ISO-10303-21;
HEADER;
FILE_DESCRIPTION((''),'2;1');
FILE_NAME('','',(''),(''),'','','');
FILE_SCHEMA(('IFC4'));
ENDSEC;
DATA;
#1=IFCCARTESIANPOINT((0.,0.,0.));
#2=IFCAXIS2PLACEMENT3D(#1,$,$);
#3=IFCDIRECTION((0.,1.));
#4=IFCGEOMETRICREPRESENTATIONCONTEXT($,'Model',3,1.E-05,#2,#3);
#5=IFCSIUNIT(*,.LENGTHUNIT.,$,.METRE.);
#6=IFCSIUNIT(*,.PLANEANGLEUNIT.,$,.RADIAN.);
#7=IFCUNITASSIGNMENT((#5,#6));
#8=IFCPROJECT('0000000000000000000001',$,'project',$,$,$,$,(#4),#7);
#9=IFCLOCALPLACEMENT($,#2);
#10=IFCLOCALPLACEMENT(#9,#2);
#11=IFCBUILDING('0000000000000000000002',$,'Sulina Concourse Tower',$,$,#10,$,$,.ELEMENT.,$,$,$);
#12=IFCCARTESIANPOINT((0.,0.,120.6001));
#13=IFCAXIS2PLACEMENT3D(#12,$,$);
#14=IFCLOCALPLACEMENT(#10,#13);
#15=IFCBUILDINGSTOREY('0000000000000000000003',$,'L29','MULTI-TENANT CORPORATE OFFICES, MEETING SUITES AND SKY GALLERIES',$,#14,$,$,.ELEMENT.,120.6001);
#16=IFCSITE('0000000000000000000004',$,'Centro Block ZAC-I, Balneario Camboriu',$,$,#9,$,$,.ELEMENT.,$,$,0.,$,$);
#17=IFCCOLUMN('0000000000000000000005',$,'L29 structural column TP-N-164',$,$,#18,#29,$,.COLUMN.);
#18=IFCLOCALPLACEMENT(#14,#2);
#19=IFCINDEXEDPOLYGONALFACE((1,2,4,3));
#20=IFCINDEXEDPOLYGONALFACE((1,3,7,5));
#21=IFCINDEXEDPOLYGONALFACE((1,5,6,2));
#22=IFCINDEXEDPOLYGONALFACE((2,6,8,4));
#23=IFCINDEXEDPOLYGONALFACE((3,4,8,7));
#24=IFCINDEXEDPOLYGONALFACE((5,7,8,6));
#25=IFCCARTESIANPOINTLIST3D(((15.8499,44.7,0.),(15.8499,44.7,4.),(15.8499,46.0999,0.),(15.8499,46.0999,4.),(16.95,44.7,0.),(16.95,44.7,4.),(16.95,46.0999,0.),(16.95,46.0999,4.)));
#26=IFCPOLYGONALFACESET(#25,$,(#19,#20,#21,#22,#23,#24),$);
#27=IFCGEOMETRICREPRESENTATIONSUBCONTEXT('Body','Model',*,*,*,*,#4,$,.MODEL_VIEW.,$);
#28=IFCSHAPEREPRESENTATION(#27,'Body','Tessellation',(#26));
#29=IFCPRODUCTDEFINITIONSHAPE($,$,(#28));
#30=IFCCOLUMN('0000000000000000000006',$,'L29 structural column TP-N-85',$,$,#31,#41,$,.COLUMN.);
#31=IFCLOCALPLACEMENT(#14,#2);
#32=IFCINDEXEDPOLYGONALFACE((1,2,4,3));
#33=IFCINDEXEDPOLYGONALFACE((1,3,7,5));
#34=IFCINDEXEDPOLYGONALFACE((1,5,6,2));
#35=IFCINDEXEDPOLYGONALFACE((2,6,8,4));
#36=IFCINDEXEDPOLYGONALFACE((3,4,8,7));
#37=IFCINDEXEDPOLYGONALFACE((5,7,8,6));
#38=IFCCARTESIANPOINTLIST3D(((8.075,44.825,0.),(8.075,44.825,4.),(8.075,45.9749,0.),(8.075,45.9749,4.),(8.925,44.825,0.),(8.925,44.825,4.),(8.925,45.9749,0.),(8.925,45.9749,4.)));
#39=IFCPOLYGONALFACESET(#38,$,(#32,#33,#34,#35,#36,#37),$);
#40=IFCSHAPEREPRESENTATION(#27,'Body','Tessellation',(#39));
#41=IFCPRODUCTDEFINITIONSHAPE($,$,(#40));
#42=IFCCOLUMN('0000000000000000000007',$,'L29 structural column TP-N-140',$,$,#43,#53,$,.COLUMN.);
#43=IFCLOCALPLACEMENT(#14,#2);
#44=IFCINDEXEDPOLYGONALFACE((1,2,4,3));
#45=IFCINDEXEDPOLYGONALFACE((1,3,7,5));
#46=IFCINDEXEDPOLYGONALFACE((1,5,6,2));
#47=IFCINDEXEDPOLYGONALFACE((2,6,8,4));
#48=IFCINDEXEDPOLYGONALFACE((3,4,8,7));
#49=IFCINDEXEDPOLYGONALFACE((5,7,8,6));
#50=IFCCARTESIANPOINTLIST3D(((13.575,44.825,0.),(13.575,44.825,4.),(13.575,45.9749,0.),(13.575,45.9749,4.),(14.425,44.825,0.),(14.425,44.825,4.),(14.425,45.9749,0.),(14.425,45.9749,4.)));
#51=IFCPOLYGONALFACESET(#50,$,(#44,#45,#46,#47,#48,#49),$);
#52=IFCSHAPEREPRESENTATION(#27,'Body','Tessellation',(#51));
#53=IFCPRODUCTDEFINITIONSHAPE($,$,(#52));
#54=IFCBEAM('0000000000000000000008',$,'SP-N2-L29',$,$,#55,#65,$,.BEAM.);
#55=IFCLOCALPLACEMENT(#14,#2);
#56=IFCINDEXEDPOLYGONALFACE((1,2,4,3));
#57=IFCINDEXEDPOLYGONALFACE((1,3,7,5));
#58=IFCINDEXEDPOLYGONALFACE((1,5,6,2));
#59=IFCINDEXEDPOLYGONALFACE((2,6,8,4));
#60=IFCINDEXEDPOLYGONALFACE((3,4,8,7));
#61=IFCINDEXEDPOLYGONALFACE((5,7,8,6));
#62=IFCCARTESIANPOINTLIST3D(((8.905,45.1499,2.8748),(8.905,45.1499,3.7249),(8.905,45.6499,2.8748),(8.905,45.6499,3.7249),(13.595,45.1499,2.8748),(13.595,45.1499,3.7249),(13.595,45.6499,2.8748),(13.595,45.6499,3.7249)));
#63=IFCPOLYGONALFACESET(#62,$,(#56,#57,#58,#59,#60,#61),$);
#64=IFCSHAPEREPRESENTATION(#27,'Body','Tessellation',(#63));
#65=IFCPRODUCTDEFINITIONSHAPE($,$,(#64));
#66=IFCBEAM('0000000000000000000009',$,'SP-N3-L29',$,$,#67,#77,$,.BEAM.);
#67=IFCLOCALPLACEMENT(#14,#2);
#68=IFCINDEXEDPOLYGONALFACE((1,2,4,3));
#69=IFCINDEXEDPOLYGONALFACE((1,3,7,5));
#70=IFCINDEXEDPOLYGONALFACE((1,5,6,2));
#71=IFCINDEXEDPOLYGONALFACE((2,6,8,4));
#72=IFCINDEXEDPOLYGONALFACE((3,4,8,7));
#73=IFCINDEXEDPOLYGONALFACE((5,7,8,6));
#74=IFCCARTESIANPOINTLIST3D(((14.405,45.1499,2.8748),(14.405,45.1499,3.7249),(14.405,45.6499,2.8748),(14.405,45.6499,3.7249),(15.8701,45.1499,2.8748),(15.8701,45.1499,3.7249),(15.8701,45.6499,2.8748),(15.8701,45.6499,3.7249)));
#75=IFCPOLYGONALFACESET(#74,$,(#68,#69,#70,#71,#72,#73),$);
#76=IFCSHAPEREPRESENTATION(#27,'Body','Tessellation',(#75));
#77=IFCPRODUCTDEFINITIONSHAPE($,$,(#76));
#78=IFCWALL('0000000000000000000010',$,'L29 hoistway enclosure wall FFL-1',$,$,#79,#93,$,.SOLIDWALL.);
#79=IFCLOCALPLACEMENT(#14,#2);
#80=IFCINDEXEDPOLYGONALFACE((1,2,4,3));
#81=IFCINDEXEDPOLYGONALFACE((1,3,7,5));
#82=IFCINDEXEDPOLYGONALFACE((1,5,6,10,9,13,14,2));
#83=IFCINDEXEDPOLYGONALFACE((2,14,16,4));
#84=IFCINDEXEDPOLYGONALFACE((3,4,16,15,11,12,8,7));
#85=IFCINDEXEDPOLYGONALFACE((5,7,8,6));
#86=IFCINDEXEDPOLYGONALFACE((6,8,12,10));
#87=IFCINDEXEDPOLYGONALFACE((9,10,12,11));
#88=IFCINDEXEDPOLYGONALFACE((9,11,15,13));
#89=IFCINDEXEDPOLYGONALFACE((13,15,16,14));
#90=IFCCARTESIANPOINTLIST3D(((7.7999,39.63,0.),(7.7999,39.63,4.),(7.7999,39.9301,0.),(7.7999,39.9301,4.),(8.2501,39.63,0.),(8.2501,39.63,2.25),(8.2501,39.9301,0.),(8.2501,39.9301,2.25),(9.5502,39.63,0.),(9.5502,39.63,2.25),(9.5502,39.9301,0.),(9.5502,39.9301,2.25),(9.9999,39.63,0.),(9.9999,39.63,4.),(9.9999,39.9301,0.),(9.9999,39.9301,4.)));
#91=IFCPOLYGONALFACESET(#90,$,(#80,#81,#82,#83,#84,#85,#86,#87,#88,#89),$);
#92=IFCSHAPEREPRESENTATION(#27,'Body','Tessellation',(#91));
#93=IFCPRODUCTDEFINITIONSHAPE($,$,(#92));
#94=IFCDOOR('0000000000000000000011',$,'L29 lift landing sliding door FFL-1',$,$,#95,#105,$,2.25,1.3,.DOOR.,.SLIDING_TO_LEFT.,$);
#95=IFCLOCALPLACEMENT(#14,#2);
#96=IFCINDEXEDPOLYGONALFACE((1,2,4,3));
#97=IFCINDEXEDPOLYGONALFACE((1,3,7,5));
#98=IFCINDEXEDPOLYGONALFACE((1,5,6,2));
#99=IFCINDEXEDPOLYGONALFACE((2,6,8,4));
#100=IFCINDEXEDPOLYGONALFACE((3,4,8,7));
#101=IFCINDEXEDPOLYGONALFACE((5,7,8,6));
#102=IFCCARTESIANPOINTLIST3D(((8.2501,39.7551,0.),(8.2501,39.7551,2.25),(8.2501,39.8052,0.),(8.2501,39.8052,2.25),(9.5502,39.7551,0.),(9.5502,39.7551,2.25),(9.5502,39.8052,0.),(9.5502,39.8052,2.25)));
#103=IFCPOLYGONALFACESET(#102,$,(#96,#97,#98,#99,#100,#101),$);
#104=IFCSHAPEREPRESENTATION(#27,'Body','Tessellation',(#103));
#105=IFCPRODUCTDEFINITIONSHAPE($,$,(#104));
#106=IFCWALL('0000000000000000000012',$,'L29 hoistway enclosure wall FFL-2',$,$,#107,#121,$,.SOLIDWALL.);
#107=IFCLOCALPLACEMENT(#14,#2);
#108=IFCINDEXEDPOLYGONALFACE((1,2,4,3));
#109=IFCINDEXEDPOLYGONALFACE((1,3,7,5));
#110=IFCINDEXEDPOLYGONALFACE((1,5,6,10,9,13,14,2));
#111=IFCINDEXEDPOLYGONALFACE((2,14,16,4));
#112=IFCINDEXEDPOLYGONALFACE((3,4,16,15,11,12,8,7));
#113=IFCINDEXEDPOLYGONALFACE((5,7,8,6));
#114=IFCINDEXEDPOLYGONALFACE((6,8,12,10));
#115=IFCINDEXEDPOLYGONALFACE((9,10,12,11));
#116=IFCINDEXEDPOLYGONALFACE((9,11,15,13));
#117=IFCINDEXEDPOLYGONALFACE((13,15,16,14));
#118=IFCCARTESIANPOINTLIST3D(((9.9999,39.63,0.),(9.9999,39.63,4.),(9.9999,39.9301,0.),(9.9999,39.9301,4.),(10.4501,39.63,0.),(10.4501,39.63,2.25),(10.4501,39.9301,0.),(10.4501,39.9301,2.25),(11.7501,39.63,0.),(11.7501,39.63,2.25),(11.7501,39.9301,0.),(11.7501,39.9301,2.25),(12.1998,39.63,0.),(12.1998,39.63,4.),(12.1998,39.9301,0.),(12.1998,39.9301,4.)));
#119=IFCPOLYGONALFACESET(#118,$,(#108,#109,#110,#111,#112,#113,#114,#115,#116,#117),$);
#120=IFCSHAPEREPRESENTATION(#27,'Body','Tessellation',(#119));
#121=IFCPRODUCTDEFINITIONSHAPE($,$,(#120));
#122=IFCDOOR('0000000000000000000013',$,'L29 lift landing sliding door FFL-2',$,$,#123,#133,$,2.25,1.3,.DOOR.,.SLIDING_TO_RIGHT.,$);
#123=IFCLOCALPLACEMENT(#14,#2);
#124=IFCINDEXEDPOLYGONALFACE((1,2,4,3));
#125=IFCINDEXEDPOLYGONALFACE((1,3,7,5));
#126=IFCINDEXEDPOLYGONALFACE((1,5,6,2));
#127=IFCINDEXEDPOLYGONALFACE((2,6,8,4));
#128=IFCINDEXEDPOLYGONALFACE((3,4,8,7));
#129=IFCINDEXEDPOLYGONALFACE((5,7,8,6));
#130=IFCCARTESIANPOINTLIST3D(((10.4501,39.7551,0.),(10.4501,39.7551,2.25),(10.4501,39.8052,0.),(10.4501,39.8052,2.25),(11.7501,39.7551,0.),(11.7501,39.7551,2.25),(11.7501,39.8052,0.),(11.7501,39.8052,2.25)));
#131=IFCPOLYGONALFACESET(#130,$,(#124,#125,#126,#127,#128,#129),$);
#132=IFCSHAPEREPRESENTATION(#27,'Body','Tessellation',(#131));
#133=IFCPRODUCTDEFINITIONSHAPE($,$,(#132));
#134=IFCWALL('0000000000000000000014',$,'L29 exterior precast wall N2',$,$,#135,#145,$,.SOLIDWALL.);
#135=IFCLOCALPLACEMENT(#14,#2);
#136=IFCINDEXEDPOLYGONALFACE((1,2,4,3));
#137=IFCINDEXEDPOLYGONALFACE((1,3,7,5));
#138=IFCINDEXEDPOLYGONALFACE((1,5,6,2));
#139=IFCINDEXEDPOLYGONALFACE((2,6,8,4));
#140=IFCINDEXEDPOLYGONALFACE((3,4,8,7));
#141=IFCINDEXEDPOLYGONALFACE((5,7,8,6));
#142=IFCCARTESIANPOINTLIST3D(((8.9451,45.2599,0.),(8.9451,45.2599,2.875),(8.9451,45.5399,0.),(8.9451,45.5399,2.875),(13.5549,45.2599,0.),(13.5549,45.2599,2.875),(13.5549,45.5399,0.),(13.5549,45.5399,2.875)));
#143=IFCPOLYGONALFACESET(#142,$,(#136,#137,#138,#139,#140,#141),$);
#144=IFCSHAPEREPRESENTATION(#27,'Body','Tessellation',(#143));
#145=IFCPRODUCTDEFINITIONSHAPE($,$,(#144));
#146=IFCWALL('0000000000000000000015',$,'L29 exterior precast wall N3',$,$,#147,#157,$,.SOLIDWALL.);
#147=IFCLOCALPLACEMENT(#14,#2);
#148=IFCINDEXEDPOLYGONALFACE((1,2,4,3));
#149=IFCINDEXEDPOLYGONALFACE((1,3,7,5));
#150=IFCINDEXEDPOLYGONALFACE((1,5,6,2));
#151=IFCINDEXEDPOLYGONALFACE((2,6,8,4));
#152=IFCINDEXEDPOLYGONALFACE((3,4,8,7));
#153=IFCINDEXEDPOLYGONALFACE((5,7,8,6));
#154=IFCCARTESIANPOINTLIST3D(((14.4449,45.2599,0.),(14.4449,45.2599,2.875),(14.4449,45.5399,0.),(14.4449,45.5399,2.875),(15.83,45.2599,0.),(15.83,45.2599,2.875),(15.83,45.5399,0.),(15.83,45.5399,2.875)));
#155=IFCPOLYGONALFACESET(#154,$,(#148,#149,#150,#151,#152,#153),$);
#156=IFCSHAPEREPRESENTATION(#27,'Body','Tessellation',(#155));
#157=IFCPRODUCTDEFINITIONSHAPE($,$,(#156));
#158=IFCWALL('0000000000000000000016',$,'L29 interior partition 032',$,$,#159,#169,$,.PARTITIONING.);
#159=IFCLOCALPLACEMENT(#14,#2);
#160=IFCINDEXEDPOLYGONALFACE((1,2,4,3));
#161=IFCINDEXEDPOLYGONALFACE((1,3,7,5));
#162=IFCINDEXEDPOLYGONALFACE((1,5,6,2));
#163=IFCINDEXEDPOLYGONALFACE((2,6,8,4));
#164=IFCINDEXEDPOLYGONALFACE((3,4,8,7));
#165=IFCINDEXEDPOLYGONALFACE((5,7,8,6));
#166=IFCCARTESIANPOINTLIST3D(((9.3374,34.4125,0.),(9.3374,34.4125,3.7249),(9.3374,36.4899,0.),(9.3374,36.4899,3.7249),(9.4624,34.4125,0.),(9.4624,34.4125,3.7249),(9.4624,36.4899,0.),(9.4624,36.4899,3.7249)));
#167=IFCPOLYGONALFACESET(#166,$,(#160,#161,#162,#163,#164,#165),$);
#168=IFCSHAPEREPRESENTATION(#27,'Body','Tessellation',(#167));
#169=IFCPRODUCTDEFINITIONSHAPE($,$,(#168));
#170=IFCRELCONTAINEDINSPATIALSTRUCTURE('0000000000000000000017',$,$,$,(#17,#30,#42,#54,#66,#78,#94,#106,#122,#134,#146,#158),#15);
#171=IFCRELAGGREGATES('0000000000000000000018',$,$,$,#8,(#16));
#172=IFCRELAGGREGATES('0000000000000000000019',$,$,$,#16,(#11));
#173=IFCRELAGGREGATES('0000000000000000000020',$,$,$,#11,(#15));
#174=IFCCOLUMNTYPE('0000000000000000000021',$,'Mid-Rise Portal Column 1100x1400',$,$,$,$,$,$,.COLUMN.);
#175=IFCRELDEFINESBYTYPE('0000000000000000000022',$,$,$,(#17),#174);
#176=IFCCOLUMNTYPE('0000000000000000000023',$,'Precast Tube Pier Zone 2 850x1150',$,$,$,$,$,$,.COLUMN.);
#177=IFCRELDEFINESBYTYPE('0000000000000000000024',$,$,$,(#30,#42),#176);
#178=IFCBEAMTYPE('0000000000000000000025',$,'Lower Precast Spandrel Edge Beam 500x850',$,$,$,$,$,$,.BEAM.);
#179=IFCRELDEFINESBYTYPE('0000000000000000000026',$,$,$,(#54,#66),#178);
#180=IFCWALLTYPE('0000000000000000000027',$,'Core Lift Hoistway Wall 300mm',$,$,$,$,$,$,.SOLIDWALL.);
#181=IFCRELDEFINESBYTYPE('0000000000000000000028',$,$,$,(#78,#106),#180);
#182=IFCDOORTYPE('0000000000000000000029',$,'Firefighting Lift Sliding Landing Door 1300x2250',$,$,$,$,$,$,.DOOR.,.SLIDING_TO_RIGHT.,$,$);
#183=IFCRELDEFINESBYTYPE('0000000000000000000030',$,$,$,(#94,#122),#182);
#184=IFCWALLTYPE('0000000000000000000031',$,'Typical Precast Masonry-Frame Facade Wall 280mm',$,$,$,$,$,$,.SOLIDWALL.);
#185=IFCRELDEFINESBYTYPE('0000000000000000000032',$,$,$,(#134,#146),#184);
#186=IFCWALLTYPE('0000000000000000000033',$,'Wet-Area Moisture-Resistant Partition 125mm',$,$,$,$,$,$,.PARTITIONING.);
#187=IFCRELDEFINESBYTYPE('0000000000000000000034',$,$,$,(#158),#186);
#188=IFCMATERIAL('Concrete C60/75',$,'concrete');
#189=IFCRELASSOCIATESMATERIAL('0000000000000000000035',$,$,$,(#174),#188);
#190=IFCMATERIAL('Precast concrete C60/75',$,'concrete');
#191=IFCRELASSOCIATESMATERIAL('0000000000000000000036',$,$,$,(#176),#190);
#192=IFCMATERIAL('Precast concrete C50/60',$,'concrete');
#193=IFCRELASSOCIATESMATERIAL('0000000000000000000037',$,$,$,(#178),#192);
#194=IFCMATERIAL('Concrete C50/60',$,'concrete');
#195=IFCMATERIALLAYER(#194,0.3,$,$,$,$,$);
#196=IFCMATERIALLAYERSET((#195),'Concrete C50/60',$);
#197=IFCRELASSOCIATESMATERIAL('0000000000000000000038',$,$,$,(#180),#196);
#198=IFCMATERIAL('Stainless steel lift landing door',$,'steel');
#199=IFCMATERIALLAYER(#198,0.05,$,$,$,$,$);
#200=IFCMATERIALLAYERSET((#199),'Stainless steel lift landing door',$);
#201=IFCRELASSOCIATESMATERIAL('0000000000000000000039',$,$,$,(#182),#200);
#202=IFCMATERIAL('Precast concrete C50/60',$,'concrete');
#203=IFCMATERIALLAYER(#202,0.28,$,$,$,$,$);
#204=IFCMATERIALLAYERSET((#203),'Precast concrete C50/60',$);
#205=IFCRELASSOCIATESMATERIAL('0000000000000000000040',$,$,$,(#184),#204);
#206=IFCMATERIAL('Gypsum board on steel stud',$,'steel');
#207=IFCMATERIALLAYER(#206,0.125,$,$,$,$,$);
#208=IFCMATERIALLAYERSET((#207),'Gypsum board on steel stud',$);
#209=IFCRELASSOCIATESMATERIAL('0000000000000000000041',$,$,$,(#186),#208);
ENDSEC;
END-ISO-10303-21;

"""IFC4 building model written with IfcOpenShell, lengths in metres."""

from ifc_helpers import new_model, si_unit, direction, frame, frame_2d, origin, origin_2d, place, context, subcontext, project, spatial, rectangle, extrude, material, layer, layer_set, material_profile, profile_set, type_object, element, fill, save


model = new_model("IFC4")

# Units and contexts
model_context = context("Model", 3, precision=1e-05, world=origin(), true_north=direction((0.0, 1.0)))
body_context = subcontext(model_context, "Body", "Model", "MODEL_VIEW")
ifc_project = project(units=[si_unit("LENGTHUNIT", "METRE"), si_unit("PLANEANGLEUNIT", "RADIAN")], contexts=[model_context])

# Site, building, storey
site_placement = place(None, origin())
site = spatial("IfcSite", under=ifc_project, at=site_placement, Name="Centro Block ZAC-I, Balneario Camboriu", CompositionType="ELEMENT", RefElevation=0.0)
building_placement = place(site_placement, origin())
building = spatial("IfcBuilding", under=site, at=building_placement, Name="Sulina Concourse Tower", CompositionType="ELEMENT")
storey_placement = place(building_placement, frame((0.0, 0.0, 120.6001)))
storey = spatial("IfcBuildingStorey", under=building, at=storey_placement, Name="L29", Description="MULTI-TENANT CORPORATE OFFICES, MEETING SUITES AND SKY GALLERIES", CompositionType="ELEMENT", Elevation=120.6001)

# Columns
ifc_material_1 = material(Name="Concrete C60/75", Category="concrete")
ifc_material_profile_1 = material_profile(ifc_material_1, rectangle(XDim=1.1001, YDim=1.3999, at=origin_2d()), Name="RC 1100x1400")
ifc_profile_set_1 = profile_set([ifc_material_profile_1], Name="Concrete C60/75")
column_type_1 = type_object("IfcColumnType", Name="Mid-Rise Portal Column 1100x1400", PredefinedType="COLUMN", material=ifc_profile_set_1)
column_placement = place(storey_placement, frame((16.3999, 45.3999, 0.0), z_axis=(0.0, 0.0, 1.0), x_axis=(1.0, 0.0, 0.0)))
element("IfcColumn", 1, at=column_placement, inside=storey, type_object=column_type_1, Name="L29 structural column TP-N-164", PredefinedType="COLUMN", context=body_context, shape_type="SweptSolid", body=[
    extrude(rectangle(XDim=1.1001, YDim=1.3999, at=origin_2d()), origin(), (0.0, 0.0, 1.0), 4.0),
])
ifc_material_2 = material(Name="Precast concrete C60/75", Category="concrete")
ifc_material_profile_2 = material_profile(ifc_material_2, rectangle(XDim=0.8501, YDim=1.1499, at=origin_2d()), Name="PC 850x1150")
ifc_profile_set_2 = profile_set([ifc_material_profile_2], Name="Precast concrete C60/75")
column_type_2 = type_object("IfcColumnType", Name="Precast Tube Pier Zone 2 850x1150", PredefinedType="COLUMN", material=ifc_profile_set_2)
for number, where, z_axis, x_axis, name in (
    (2, (8.5, 45.3999, 0.0), (0.0, 0.0, 1.0), (1.0, 0.0, 0.0), "L29 structural column TP-N-85"),
    (3, (14.0, 45.3999, 0.0), (0.0, 0.0, 1.0), (1.0, 0.0, 0.0), "L29 structural column TP-N-140"),
):
    element("IfcColumn", number, at=place(storey_placement, frame(where, z_axis=z_axis, x_axis=x_axis)), inside=storey, type_object=column_type_2, Name=name, PredefinedType="COLUMN", context=body_context, shape_type="SweptSolid", body=[
        extrude(rectangle(XDim=0.8501, YDim=1.1499, at=origin_2d()), origin(), (0.0, 0.0, 1.0), 4.0),
    ])

# Beams
ifc_material_3 = material(Name="Precast concrete C50/60", Category="concrete")
ifc_material_profile_3 = material_profile(ifc_material_3, rectangle(XDim=0.5, YDim=0.8501, at=origin_2d()), Name="RC 500x850")
ifc_profile_set_3 = profile_set([ifc_material_profile_3], Name="Precast concrete C50/60")
beam_type = type_object("IfcBeamType", Name="Lower Precast Spandrel Edge Beam 500x850", PredefinedType="BEAM", material=ifc_profile_set_3)
beam_1_placement = place(storey_placement, frame((8.905, 45.3999, 3.2998), z_axis=(1.0, 0.0, 0.0), x_axis=(0.0, 1.0, 0.0)))
element("IfcBeam", 4, at=beam_1_placement, inside=storey, type_object=beam_type, Name="SP-N2-L29", PredefinedType="BEAM", context=body_context, shape_type="SweptSolid", body=[
    extrude(rectangle(XDim=0.5, YDim=0.8501, at=origin_2d()), origin(), (0.0, 0.0, 1.0), 4.6899),
])
beam_2_placement = place(storey_placement, frame((14.405, 45.3999, 3.2998), z_axis=(1.0, 0.0, 0.0), x_axis=(0.0, 1.0, 0.0)))
element("IfcBeam", 5, at=beam_2_placement, inside=storey, type_object=beam_type, Name="SP-N3-L29", PredefinedType="BEAM", context=body_context, shape_type="SweptSolid", body=[
    extrude(rectangle(XDim=0.5, YDim=0.8501, at=origin_2d()), origin(), (0.0, 0.0, 1.0), 1.4651),
])

# Walls, openings, doors
ifc_material_4 = material(Name="Concrete C50/60", Category="concrete")
ifc_layer_1 = layer(ifc_material_4, 0.3)
ifc_layer_set_1 = layer_set([ifc_layer_1], Name="Concrete C50/60")
wall_type_1 = type_object("IfcWallType", Name="Core Lift Hoistway Wall 300mm", PredefinedType="SOLIDWALL", material=ifc_layer_set_1)
wall_1_placement = place(storey_placement, frame((10.0, 39.78, 0.0), z_axis=(0.0, 0.0, 1.0), x_axis=(-1.0, 0.0, 0.0)))
wall_1 = element("IfcWall", 6, at=wall_1_placement, inside=storey, type_object=wall_type_1, Name="L29 hoistway enclosure wall FFL-1", PredefinedType="SOLIDWALL", context=body_context, shape_type="SweptSolid", body=[
    extrude(rectangle(XDim=2.2, YDim=0.3, at=frame_2d((1.1001, 0.0))), origin(), (0.0, 0.0, 1.0), 4.0),
])
opening_1_placement = place(wall_1_placement, frame((0.45, 0.0, 0.0)))
opening_1 = element("IfcOpeningElement", 7, at=opening_1_placement, cuts=wall_1, PredefinedType="OPENING", context=body_context, shape_type="SweptSolid", body=[
    extrude(rectangle(XDim=1.3, YDim=2.25, at=frame_2d((0.6499, 1.125))), frame((0.0, 0.1599, 0.0), z_axis=(0.0, -1.0, 0.0), x_axis=(1.0, 0.0, 0.0)), (0.0, 0.0, 1.0), 0.3201),
])
ifc_material_5 = material(Name="Stainless steel lift landing door", Category="steel")
ifc_layer_2 = layer(ifc_material_5, 0.05)
ifc_layer_set_2 = layer_set([ifc_layer_2], Name="Stainless steel lift landing door")
door_type = type_object("IfcDoorType", Name="Firefighting Lift Sliding Landing Door 1300x2250", OperationType="SLIDING_TO_RIGHT", PredefinedType="DOOR", material=ifc_layer_set_2)
door_1_placement = place(opening_1_placement, origin())
door_1 = element("IfcDoor", 8, at=door_1_placement, inside=storey, type_object=door_type, Name="L29 lift landing sliding door FFL-1", OperationType="SLIDING_TO_LEFT", OverallHeight=2.25, OverallWidth=1.3, PredefinedType="DOOR", context=body_context, shape_type="SweptSolid", body=[
    extrude(rectangle(XDim=1.3, YDim=2.25, at=frame_2d((0.6499, 1.125))), frame((0.0, 0.0249, 0.0), z_axis=(0.0, -1.0, 0.0), x_axis=(1.0, 0.0, 0.0)), (0.0, 0.0, 1.0), 0.05),
])
fill(opening_1, door_1)
wall_2_placement = place(storey_placement, frame((12.2, 39.78, 0.0), z_axis=(0.0, 0.0, 1.0), x_axis=(-1.0, 0.0, 0.0)))
wall_2 = element("IfcWall", 9, at=wall_2_placement, inside=storey, type_object=wall_type_1, Name="L29 hoistway enclosure wall FFL-2", PredefinedType="SOLIDWALL", context=body_context, shape_type="SweptSolid", body=[
    extrude(rectangle(XDim=2.2, YDim=0.3, at=frame_2d((1.1001, 0.0))), origin(), (0.0, 0.0, 1.0), 4.0),
])
opening_2_placement = place(wall_2_placement, frame((0.45, 0.0, 0.0)))
opening_2 = element("IfcOpeningElement", 10, at=opening_2_placement, cuts=wall_2, PredefinedType="OPENING", context=body_context, shape_type="SweptSolid", body=[
    extrude(rectangle(XDim=1.3, YDim=2.25, at=frame_2d((0.6499, 1.125))), frame((0.0, 0.1599, 0.0), z_axis=(0.0, -1.0, 0.0), x_axis=(1.0, 0.0, 0.0)), (0.0, 0.0, 1.0), 0.3201),
])
door_2_placement = place(opening_2_placement, origin())
door_2 = element("IfcDoor", 11, at=door_2_placement, inside=storey, type_object=door_type, Name="L29 lift landing sliding door FFL-2", OperationType="SLIDING_TO_RIGHT", OverallHeight=2.25, OverallWidth=1.3, PredefinedType="DOOR", context=body_context, shape_type="SweptSolid", body=[
    extrude(rectangle(XDim=1.3, YDim=2.25, at=frame_2d((0.6499, 1.125))), frame((0.0, 0.0249, 0.0), z_axis=(0.0, -1.0, 0.0), x_axis=(1.0, 0.0, 0.0)), (0.0, 0.0, 1.0), 0.05),
])
fill(opening_2, door_2)

# Walls
ifc_material_6 = material(Name="Precast concrete C50/60", Category="concrete")
ifc_layer_3 = layer(ifc_material_6, 0.28)
ifc_layer_set_3 = layer_set([ifc_layer_3], Name="Precast concrete C50/60")
wall_type_2 = type_object("IfcWallType", Name="Typical Precast Masonry-Frame Facade Wall 280mm", PredefinedType="SOLIDWALL", material=ifc_layer_set_3)
wall_3_placement = place(storey_placement, frame((8.9451, 45.3999, 0.0), z_axis=(0.0, 0.0, 1.0), x_axis=(1.0, 0.0, 0.0)))
element("IfcWall", 12, at=wall_3_placement, inside=storey, type_object=wall_type_2, Name="L29 exterior precast wall N2", PredefinedType="SOLIDWALL", context=body_context, shape_type="SweptSolid", body=[
    extrude(rectangle(XDim=4.6099, YDim=0.28, at=frame_2d((2.3049, 0.0))), origin(), (0.0, 0.0, 1.0), 2.875),
])
wall_4_placement = place(storey_placement, frame((14.4451, 45.3999, 0.0), z_axis=(0.0, 0.0, 1.0), x_axis=(1.0, 0.0, 0.0)))
element("IfcWall", 13, at=wall_4_placement, inside=storey, type_object=wall_type_2, Name="L29 exterior precast wall N3", PredefinedType="SOLIDWALL", context=body_context, shape_type="SweptSolid", body=[
    extrude(rectangle(XDim=1.385, YDim=0.28, at=frame_2d((0.6924, 0.0))), origin(), (0.0, 0.0, 1.0), 2.875),
])
ifc_material_7 = material(Name="Gypsum board on steel stud", Category="steel")
ifc_layer_4 = layer(ifc_material_7, 0.125)
ifc_layer_set_4 = layer_set([ifc_layer_4], Name="Gypsum board on steel stud")
wall_type_3 = type_object("IfcWallType", Name="Wet-Area Moisture-Resistant Partition 125mm", PredefinedType="PARTITIONING", material=ifc_layer_set_4)
wall_5_placement = place(storey_placement, frame((9.3999, 34.4126, 0.0), z_axis=(0.0, 0.0, 1.0), x_axis=(0.0, 1.0, 0.0)))
element("IfcWall", 14, at=wall_5_placement, inside=storey, type_object=wall_type_3, Name="L29 interior partition 032", PredefinedType="PARTITIONING", context=body_context, shape_type="SweptSolid", body=[
    extrude(rectangle(XDim=2.0774, YDim=0.125, at=frame_2d((1.0386, 0.0))), origin(), (0.0, 0.0, 1.0), 3.7249),
])

save(model, "model.ifc")
